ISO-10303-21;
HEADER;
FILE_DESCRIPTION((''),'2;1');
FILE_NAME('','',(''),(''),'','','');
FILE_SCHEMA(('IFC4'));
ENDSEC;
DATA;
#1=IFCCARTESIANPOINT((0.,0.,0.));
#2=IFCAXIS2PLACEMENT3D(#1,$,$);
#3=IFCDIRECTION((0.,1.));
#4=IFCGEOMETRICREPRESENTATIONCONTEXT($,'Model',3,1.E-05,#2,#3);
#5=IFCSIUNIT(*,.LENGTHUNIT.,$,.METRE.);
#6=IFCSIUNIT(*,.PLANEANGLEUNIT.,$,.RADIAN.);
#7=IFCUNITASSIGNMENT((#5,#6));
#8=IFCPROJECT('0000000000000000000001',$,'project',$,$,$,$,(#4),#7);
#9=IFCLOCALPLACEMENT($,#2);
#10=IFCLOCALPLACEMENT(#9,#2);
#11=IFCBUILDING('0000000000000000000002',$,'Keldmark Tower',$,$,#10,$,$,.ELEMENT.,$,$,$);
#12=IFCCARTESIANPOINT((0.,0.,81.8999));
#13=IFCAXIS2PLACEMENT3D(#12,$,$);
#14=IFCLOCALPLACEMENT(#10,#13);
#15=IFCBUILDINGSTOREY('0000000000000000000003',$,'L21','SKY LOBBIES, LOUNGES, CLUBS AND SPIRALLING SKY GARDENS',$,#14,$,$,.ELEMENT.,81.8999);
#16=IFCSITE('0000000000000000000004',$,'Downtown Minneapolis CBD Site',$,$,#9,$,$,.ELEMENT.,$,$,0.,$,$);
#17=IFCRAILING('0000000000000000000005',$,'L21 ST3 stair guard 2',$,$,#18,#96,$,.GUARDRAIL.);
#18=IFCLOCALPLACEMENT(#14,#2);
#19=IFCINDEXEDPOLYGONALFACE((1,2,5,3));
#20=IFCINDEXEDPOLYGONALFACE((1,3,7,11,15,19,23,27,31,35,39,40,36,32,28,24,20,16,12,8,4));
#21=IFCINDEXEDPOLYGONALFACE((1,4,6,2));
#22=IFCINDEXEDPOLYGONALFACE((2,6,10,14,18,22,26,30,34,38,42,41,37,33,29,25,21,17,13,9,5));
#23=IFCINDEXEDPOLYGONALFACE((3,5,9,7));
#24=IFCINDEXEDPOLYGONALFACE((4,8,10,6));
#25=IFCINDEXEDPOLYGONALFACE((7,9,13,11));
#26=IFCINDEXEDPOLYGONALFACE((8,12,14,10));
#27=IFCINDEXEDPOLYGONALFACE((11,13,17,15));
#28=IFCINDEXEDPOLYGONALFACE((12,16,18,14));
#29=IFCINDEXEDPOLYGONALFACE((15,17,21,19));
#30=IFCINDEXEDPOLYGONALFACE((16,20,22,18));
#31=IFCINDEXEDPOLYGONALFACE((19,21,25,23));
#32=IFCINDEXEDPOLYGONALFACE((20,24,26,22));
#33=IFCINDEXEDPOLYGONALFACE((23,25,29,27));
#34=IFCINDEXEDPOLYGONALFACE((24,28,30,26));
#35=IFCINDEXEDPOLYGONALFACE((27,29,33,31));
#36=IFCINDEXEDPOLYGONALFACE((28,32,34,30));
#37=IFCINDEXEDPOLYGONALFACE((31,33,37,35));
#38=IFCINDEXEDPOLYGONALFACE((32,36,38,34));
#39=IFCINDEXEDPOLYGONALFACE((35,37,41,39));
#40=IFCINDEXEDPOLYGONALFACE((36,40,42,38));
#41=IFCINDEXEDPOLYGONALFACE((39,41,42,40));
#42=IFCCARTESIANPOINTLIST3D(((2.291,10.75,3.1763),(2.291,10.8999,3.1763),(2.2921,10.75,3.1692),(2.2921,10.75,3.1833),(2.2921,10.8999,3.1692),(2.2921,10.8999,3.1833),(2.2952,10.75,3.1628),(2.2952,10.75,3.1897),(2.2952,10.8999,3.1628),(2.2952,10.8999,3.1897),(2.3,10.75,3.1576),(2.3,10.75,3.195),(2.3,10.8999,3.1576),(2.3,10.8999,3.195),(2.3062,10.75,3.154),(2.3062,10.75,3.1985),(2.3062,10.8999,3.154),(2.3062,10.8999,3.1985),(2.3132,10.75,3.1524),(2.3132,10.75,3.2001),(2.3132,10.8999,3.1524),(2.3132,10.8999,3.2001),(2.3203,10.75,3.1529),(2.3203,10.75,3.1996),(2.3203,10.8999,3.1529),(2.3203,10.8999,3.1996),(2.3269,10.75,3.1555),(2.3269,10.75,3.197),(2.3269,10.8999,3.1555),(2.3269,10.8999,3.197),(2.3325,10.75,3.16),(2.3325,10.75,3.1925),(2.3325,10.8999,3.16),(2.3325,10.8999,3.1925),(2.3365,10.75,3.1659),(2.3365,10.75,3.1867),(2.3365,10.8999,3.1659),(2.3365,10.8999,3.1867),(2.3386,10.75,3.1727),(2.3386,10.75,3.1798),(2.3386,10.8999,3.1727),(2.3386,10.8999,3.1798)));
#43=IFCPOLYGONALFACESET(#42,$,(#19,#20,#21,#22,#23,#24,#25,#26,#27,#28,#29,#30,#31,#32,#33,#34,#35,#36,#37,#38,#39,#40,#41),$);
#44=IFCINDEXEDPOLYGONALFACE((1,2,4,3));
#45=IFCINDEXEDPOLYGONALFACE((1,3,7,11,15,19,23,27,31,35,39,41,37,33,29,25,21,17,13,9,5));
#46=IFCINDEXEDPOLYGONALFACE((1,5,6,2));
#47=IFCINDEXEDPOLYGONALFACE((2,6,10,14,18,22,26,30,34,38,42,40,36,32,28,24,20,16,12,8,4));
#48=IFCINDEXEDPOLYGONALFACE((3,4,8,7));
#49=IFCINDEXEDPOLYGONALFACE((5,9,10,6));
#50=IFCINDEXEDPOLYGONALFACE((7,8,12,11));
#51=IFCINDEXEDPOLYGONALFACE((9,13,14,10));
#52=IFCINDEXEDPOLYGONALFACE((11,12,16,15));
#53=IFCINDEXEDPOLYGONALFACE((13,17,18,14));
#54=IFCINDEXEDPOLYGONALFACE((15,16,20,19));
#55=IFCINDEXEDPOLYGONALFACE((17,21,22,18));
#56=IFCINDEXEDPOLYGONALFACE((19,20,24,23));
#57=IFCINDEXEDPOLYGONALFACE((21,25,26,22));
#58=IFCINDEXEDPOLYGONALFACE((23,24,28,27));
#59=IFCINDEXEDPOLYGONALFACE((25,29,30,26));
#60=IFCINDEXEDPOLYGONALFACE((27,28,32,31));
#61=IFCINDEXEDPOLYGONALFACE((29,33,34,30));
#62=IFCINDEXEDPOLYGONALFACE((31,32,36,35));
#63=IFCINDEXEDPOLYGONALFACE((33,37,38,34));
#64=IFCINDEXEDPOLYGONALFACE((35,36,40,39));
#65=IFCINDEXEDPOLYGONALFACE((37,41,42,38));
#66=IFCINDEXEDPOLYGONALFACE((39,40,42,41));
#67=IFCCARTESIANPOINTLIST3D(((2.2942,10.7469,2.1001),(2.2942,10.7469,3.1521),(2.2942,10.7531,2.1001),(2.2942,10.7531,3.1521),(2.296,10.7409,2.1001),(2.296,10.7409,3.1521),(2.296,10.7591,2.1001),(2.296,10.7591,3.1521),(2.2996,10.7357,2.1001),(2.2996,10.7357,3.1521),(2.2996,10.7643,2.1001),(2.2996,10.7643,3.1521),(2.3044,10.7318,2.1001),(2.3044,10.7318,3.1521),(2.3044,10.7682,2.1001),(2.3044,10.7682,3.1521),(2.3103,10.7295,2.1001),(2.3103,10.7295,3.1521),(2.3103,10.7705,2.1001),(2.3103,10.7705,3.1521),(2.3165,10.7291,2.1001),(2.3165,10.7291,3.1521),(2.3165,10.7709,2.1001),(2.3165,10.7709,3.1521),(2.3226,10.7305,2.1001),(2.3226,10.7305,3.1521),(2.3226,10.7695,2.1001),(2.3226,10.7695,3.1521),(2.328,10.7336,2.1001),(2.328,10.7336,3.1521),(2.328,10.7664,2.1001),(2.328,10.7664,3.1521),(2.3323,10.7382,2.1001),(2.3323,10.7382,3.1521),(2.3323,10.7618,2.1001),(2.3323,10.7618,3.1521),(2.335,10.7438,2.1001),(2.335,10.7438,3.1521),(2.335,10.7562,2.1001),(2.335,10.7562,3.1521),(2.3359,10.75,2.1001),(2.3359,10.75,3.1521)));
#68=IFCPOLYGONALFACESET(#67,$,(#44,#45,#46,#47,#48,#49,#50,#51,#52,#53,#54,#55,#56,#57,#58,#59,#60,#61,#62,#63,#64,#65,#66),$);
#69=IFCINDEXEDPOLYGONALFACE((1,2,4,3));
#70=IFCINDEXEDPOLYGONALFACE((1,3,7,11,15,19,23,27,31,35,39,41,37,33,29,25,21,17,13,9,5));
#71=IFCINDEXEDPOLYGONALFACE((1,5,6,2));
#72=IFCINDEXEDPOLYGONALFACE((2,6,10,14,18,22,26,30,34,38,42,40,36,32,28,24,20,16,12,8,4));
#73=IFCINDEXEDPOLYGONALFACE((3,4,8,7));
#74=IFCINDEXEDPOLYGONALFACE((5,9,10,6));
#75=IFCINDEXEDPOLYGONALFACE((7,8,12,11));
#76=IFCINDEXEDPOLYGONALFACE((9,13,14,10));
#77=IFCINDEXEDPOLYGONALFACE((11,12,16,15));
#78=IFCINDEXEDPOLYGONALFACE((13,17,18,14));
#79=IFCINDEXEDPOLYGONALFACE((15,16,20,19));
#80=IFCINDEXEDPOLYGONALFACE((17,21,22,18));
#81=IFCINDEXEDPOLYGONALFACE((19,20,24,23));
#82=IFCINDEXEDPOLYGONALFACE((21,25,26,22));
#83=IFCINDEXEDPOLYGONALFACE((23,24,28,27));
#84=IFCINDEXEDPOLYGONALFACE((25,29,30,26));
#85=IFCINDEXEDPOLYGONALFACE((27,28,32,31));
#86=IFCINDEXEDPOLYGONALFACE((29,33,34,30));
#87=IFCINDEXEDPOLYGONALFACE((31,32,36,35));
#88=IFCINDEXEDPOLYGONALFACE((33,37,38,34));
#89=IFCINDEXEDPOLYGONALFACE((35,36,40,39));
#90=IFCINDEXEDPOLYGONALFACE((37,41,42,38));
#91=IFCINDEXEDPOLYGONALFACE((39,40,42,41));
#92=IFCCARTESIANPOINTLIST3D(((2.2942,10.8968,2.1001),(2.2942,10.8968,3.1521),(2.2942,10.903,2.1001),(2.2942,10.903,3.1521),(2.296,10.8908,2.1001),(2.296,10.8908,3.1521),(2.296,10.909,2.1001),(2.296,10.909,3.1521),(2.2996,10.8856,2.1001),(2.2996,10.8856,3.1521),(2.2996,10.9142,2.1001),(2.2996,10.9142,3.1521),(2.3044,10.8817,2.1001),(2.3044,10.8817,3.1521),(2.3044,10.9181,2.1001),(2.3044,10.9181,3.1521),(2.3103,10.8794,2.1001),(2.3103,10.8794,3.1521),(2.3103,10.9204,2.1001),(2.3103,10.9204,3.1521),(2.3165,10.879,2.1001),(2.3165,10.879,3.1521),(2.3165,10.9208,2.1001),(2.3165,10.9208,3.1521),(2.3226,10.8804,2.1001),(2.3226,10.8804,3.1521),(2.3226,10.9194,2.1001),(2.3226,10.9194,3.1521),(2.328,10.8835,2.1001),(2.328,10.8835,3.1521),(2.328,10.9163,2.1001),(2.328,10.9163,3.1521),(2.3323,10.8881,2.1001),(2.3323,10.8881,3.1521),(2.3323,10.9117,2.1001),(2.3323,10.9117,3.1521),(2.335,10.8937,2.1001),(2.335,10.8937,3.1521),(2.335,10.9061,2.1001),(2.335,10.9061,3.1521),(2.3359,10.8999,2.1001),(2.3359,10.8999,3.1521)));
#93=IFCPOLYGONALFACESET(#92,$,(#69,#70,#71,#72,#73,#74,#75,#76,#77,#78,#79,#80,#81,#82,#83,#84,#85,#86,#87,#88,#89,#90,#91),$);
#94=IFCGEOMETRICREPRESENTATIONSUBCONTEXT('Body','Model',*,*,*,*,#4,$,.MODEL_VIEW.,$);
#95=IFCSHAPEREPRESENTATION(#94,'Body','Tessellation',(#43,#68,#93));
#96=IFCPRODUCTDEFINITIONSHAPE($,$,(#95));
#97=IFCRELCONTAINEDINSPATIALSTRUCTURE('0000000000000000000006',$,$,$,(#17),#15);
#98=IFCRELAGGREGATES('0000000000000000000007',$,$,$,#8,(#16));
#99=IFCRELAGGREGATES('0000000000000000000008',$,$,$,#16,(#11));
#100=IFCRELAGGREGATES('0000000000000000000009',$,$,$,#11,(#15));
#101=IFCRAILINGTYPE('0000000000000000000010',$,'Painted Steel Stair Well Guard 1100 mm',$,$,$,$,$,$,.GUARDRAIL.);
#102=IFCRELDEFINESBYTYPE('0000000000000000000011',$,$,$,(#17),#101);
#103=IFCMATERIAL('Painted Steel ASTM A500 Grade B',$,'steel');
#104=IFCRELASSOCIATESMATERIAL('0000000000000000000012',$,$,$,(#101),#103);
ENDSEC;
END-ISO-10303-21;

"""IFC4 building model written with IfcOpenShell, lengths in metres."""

from ifc_helpers import new_model, si_unit, direction, frame, origin, origin_2d, place, context, subcontext, project, spatial, circle, extrude, material, type_object, element, save


model = new_model("IFC4")

# Units and contexts
model_context = context("Model", 3, precision=1e-05, world=origin(), true_north=direction((0.0, 1.0)))
body_context = subcontext(model_context, "Body", "Model", "MODEL_VIEW")
ifc_project = project(units=[si_unit("LENGTHUNIT", "METRE"), si_unit("PLANEANGLEUNIT", "RADIAN")], contexts=[model_context])

# Site, building, storey
site_placement = place(None, origin())
site = spatial("IfcSite", under=ifc_project, at=site_placement, Name="Downtown Minneapolis CBD Site", CompositionType="ELEMENT", RefElevation=0.0)
building_placement = place(site_placement, origin())
building = spatial("IfcBuilding", under=site, at=building_placement, Name="Keldmark Tower", CompositionType="ELEMENT")
storey_placement = place(building_placement, frame((0.0, 0.0, 81.8999)))
storey = spatial("IfcBuildingStorey", under=building, at=storey_placement, Name="L21", Description="SKY LOBBIES, LOUNGES, CLUBS AND SPIRALLING SKY GARDENS", CompositionType="ELEMENT", Elevation=81.8999)

# Railing
ifc_material_1 = material(Name="Painted Steel ASTM A500 Grade B", Category="steel")
railing_type_1 = type_object("IfcRailingType", Name="Painted Steel Stair Well Guard 1100 mm", PredefinedType="GUARDRAIL", material=ifc_material_1)
railing_1_placement = place(storey_placement, frame((2.3149, 10.75, 2.1001)))
element("IfcRailing", 1, at=railing_1_placement, inside=storey, type_object=railing_type_1, Name="L21 ST3 stair guard 2", PredefinedType="GUARDRAIL", context=body_context, shape_type="SweptSolid", body=[
    extrude(circle(Radius=0.0239, at=origin_2d()), frame((0.0, 0.0, 1.0762), z_axis=(0.0, 1.0, 0.0), x_axis=(-1.0, 0.0, 0.0)), (0.0, 0.0, 1.0), 0.1499),
    extrude(circle(Radius=0.021, at=origin_2d()), origin(), (0.0, 0.0, 1.0), 1.052),
    extrude(circle(Radius=0.021, at=origin_2d()), frame((0.0, 0.1499, 0.0)), (0.0, 0.0, 1.0), 1.052),
])

save(model, "model.ifc")
